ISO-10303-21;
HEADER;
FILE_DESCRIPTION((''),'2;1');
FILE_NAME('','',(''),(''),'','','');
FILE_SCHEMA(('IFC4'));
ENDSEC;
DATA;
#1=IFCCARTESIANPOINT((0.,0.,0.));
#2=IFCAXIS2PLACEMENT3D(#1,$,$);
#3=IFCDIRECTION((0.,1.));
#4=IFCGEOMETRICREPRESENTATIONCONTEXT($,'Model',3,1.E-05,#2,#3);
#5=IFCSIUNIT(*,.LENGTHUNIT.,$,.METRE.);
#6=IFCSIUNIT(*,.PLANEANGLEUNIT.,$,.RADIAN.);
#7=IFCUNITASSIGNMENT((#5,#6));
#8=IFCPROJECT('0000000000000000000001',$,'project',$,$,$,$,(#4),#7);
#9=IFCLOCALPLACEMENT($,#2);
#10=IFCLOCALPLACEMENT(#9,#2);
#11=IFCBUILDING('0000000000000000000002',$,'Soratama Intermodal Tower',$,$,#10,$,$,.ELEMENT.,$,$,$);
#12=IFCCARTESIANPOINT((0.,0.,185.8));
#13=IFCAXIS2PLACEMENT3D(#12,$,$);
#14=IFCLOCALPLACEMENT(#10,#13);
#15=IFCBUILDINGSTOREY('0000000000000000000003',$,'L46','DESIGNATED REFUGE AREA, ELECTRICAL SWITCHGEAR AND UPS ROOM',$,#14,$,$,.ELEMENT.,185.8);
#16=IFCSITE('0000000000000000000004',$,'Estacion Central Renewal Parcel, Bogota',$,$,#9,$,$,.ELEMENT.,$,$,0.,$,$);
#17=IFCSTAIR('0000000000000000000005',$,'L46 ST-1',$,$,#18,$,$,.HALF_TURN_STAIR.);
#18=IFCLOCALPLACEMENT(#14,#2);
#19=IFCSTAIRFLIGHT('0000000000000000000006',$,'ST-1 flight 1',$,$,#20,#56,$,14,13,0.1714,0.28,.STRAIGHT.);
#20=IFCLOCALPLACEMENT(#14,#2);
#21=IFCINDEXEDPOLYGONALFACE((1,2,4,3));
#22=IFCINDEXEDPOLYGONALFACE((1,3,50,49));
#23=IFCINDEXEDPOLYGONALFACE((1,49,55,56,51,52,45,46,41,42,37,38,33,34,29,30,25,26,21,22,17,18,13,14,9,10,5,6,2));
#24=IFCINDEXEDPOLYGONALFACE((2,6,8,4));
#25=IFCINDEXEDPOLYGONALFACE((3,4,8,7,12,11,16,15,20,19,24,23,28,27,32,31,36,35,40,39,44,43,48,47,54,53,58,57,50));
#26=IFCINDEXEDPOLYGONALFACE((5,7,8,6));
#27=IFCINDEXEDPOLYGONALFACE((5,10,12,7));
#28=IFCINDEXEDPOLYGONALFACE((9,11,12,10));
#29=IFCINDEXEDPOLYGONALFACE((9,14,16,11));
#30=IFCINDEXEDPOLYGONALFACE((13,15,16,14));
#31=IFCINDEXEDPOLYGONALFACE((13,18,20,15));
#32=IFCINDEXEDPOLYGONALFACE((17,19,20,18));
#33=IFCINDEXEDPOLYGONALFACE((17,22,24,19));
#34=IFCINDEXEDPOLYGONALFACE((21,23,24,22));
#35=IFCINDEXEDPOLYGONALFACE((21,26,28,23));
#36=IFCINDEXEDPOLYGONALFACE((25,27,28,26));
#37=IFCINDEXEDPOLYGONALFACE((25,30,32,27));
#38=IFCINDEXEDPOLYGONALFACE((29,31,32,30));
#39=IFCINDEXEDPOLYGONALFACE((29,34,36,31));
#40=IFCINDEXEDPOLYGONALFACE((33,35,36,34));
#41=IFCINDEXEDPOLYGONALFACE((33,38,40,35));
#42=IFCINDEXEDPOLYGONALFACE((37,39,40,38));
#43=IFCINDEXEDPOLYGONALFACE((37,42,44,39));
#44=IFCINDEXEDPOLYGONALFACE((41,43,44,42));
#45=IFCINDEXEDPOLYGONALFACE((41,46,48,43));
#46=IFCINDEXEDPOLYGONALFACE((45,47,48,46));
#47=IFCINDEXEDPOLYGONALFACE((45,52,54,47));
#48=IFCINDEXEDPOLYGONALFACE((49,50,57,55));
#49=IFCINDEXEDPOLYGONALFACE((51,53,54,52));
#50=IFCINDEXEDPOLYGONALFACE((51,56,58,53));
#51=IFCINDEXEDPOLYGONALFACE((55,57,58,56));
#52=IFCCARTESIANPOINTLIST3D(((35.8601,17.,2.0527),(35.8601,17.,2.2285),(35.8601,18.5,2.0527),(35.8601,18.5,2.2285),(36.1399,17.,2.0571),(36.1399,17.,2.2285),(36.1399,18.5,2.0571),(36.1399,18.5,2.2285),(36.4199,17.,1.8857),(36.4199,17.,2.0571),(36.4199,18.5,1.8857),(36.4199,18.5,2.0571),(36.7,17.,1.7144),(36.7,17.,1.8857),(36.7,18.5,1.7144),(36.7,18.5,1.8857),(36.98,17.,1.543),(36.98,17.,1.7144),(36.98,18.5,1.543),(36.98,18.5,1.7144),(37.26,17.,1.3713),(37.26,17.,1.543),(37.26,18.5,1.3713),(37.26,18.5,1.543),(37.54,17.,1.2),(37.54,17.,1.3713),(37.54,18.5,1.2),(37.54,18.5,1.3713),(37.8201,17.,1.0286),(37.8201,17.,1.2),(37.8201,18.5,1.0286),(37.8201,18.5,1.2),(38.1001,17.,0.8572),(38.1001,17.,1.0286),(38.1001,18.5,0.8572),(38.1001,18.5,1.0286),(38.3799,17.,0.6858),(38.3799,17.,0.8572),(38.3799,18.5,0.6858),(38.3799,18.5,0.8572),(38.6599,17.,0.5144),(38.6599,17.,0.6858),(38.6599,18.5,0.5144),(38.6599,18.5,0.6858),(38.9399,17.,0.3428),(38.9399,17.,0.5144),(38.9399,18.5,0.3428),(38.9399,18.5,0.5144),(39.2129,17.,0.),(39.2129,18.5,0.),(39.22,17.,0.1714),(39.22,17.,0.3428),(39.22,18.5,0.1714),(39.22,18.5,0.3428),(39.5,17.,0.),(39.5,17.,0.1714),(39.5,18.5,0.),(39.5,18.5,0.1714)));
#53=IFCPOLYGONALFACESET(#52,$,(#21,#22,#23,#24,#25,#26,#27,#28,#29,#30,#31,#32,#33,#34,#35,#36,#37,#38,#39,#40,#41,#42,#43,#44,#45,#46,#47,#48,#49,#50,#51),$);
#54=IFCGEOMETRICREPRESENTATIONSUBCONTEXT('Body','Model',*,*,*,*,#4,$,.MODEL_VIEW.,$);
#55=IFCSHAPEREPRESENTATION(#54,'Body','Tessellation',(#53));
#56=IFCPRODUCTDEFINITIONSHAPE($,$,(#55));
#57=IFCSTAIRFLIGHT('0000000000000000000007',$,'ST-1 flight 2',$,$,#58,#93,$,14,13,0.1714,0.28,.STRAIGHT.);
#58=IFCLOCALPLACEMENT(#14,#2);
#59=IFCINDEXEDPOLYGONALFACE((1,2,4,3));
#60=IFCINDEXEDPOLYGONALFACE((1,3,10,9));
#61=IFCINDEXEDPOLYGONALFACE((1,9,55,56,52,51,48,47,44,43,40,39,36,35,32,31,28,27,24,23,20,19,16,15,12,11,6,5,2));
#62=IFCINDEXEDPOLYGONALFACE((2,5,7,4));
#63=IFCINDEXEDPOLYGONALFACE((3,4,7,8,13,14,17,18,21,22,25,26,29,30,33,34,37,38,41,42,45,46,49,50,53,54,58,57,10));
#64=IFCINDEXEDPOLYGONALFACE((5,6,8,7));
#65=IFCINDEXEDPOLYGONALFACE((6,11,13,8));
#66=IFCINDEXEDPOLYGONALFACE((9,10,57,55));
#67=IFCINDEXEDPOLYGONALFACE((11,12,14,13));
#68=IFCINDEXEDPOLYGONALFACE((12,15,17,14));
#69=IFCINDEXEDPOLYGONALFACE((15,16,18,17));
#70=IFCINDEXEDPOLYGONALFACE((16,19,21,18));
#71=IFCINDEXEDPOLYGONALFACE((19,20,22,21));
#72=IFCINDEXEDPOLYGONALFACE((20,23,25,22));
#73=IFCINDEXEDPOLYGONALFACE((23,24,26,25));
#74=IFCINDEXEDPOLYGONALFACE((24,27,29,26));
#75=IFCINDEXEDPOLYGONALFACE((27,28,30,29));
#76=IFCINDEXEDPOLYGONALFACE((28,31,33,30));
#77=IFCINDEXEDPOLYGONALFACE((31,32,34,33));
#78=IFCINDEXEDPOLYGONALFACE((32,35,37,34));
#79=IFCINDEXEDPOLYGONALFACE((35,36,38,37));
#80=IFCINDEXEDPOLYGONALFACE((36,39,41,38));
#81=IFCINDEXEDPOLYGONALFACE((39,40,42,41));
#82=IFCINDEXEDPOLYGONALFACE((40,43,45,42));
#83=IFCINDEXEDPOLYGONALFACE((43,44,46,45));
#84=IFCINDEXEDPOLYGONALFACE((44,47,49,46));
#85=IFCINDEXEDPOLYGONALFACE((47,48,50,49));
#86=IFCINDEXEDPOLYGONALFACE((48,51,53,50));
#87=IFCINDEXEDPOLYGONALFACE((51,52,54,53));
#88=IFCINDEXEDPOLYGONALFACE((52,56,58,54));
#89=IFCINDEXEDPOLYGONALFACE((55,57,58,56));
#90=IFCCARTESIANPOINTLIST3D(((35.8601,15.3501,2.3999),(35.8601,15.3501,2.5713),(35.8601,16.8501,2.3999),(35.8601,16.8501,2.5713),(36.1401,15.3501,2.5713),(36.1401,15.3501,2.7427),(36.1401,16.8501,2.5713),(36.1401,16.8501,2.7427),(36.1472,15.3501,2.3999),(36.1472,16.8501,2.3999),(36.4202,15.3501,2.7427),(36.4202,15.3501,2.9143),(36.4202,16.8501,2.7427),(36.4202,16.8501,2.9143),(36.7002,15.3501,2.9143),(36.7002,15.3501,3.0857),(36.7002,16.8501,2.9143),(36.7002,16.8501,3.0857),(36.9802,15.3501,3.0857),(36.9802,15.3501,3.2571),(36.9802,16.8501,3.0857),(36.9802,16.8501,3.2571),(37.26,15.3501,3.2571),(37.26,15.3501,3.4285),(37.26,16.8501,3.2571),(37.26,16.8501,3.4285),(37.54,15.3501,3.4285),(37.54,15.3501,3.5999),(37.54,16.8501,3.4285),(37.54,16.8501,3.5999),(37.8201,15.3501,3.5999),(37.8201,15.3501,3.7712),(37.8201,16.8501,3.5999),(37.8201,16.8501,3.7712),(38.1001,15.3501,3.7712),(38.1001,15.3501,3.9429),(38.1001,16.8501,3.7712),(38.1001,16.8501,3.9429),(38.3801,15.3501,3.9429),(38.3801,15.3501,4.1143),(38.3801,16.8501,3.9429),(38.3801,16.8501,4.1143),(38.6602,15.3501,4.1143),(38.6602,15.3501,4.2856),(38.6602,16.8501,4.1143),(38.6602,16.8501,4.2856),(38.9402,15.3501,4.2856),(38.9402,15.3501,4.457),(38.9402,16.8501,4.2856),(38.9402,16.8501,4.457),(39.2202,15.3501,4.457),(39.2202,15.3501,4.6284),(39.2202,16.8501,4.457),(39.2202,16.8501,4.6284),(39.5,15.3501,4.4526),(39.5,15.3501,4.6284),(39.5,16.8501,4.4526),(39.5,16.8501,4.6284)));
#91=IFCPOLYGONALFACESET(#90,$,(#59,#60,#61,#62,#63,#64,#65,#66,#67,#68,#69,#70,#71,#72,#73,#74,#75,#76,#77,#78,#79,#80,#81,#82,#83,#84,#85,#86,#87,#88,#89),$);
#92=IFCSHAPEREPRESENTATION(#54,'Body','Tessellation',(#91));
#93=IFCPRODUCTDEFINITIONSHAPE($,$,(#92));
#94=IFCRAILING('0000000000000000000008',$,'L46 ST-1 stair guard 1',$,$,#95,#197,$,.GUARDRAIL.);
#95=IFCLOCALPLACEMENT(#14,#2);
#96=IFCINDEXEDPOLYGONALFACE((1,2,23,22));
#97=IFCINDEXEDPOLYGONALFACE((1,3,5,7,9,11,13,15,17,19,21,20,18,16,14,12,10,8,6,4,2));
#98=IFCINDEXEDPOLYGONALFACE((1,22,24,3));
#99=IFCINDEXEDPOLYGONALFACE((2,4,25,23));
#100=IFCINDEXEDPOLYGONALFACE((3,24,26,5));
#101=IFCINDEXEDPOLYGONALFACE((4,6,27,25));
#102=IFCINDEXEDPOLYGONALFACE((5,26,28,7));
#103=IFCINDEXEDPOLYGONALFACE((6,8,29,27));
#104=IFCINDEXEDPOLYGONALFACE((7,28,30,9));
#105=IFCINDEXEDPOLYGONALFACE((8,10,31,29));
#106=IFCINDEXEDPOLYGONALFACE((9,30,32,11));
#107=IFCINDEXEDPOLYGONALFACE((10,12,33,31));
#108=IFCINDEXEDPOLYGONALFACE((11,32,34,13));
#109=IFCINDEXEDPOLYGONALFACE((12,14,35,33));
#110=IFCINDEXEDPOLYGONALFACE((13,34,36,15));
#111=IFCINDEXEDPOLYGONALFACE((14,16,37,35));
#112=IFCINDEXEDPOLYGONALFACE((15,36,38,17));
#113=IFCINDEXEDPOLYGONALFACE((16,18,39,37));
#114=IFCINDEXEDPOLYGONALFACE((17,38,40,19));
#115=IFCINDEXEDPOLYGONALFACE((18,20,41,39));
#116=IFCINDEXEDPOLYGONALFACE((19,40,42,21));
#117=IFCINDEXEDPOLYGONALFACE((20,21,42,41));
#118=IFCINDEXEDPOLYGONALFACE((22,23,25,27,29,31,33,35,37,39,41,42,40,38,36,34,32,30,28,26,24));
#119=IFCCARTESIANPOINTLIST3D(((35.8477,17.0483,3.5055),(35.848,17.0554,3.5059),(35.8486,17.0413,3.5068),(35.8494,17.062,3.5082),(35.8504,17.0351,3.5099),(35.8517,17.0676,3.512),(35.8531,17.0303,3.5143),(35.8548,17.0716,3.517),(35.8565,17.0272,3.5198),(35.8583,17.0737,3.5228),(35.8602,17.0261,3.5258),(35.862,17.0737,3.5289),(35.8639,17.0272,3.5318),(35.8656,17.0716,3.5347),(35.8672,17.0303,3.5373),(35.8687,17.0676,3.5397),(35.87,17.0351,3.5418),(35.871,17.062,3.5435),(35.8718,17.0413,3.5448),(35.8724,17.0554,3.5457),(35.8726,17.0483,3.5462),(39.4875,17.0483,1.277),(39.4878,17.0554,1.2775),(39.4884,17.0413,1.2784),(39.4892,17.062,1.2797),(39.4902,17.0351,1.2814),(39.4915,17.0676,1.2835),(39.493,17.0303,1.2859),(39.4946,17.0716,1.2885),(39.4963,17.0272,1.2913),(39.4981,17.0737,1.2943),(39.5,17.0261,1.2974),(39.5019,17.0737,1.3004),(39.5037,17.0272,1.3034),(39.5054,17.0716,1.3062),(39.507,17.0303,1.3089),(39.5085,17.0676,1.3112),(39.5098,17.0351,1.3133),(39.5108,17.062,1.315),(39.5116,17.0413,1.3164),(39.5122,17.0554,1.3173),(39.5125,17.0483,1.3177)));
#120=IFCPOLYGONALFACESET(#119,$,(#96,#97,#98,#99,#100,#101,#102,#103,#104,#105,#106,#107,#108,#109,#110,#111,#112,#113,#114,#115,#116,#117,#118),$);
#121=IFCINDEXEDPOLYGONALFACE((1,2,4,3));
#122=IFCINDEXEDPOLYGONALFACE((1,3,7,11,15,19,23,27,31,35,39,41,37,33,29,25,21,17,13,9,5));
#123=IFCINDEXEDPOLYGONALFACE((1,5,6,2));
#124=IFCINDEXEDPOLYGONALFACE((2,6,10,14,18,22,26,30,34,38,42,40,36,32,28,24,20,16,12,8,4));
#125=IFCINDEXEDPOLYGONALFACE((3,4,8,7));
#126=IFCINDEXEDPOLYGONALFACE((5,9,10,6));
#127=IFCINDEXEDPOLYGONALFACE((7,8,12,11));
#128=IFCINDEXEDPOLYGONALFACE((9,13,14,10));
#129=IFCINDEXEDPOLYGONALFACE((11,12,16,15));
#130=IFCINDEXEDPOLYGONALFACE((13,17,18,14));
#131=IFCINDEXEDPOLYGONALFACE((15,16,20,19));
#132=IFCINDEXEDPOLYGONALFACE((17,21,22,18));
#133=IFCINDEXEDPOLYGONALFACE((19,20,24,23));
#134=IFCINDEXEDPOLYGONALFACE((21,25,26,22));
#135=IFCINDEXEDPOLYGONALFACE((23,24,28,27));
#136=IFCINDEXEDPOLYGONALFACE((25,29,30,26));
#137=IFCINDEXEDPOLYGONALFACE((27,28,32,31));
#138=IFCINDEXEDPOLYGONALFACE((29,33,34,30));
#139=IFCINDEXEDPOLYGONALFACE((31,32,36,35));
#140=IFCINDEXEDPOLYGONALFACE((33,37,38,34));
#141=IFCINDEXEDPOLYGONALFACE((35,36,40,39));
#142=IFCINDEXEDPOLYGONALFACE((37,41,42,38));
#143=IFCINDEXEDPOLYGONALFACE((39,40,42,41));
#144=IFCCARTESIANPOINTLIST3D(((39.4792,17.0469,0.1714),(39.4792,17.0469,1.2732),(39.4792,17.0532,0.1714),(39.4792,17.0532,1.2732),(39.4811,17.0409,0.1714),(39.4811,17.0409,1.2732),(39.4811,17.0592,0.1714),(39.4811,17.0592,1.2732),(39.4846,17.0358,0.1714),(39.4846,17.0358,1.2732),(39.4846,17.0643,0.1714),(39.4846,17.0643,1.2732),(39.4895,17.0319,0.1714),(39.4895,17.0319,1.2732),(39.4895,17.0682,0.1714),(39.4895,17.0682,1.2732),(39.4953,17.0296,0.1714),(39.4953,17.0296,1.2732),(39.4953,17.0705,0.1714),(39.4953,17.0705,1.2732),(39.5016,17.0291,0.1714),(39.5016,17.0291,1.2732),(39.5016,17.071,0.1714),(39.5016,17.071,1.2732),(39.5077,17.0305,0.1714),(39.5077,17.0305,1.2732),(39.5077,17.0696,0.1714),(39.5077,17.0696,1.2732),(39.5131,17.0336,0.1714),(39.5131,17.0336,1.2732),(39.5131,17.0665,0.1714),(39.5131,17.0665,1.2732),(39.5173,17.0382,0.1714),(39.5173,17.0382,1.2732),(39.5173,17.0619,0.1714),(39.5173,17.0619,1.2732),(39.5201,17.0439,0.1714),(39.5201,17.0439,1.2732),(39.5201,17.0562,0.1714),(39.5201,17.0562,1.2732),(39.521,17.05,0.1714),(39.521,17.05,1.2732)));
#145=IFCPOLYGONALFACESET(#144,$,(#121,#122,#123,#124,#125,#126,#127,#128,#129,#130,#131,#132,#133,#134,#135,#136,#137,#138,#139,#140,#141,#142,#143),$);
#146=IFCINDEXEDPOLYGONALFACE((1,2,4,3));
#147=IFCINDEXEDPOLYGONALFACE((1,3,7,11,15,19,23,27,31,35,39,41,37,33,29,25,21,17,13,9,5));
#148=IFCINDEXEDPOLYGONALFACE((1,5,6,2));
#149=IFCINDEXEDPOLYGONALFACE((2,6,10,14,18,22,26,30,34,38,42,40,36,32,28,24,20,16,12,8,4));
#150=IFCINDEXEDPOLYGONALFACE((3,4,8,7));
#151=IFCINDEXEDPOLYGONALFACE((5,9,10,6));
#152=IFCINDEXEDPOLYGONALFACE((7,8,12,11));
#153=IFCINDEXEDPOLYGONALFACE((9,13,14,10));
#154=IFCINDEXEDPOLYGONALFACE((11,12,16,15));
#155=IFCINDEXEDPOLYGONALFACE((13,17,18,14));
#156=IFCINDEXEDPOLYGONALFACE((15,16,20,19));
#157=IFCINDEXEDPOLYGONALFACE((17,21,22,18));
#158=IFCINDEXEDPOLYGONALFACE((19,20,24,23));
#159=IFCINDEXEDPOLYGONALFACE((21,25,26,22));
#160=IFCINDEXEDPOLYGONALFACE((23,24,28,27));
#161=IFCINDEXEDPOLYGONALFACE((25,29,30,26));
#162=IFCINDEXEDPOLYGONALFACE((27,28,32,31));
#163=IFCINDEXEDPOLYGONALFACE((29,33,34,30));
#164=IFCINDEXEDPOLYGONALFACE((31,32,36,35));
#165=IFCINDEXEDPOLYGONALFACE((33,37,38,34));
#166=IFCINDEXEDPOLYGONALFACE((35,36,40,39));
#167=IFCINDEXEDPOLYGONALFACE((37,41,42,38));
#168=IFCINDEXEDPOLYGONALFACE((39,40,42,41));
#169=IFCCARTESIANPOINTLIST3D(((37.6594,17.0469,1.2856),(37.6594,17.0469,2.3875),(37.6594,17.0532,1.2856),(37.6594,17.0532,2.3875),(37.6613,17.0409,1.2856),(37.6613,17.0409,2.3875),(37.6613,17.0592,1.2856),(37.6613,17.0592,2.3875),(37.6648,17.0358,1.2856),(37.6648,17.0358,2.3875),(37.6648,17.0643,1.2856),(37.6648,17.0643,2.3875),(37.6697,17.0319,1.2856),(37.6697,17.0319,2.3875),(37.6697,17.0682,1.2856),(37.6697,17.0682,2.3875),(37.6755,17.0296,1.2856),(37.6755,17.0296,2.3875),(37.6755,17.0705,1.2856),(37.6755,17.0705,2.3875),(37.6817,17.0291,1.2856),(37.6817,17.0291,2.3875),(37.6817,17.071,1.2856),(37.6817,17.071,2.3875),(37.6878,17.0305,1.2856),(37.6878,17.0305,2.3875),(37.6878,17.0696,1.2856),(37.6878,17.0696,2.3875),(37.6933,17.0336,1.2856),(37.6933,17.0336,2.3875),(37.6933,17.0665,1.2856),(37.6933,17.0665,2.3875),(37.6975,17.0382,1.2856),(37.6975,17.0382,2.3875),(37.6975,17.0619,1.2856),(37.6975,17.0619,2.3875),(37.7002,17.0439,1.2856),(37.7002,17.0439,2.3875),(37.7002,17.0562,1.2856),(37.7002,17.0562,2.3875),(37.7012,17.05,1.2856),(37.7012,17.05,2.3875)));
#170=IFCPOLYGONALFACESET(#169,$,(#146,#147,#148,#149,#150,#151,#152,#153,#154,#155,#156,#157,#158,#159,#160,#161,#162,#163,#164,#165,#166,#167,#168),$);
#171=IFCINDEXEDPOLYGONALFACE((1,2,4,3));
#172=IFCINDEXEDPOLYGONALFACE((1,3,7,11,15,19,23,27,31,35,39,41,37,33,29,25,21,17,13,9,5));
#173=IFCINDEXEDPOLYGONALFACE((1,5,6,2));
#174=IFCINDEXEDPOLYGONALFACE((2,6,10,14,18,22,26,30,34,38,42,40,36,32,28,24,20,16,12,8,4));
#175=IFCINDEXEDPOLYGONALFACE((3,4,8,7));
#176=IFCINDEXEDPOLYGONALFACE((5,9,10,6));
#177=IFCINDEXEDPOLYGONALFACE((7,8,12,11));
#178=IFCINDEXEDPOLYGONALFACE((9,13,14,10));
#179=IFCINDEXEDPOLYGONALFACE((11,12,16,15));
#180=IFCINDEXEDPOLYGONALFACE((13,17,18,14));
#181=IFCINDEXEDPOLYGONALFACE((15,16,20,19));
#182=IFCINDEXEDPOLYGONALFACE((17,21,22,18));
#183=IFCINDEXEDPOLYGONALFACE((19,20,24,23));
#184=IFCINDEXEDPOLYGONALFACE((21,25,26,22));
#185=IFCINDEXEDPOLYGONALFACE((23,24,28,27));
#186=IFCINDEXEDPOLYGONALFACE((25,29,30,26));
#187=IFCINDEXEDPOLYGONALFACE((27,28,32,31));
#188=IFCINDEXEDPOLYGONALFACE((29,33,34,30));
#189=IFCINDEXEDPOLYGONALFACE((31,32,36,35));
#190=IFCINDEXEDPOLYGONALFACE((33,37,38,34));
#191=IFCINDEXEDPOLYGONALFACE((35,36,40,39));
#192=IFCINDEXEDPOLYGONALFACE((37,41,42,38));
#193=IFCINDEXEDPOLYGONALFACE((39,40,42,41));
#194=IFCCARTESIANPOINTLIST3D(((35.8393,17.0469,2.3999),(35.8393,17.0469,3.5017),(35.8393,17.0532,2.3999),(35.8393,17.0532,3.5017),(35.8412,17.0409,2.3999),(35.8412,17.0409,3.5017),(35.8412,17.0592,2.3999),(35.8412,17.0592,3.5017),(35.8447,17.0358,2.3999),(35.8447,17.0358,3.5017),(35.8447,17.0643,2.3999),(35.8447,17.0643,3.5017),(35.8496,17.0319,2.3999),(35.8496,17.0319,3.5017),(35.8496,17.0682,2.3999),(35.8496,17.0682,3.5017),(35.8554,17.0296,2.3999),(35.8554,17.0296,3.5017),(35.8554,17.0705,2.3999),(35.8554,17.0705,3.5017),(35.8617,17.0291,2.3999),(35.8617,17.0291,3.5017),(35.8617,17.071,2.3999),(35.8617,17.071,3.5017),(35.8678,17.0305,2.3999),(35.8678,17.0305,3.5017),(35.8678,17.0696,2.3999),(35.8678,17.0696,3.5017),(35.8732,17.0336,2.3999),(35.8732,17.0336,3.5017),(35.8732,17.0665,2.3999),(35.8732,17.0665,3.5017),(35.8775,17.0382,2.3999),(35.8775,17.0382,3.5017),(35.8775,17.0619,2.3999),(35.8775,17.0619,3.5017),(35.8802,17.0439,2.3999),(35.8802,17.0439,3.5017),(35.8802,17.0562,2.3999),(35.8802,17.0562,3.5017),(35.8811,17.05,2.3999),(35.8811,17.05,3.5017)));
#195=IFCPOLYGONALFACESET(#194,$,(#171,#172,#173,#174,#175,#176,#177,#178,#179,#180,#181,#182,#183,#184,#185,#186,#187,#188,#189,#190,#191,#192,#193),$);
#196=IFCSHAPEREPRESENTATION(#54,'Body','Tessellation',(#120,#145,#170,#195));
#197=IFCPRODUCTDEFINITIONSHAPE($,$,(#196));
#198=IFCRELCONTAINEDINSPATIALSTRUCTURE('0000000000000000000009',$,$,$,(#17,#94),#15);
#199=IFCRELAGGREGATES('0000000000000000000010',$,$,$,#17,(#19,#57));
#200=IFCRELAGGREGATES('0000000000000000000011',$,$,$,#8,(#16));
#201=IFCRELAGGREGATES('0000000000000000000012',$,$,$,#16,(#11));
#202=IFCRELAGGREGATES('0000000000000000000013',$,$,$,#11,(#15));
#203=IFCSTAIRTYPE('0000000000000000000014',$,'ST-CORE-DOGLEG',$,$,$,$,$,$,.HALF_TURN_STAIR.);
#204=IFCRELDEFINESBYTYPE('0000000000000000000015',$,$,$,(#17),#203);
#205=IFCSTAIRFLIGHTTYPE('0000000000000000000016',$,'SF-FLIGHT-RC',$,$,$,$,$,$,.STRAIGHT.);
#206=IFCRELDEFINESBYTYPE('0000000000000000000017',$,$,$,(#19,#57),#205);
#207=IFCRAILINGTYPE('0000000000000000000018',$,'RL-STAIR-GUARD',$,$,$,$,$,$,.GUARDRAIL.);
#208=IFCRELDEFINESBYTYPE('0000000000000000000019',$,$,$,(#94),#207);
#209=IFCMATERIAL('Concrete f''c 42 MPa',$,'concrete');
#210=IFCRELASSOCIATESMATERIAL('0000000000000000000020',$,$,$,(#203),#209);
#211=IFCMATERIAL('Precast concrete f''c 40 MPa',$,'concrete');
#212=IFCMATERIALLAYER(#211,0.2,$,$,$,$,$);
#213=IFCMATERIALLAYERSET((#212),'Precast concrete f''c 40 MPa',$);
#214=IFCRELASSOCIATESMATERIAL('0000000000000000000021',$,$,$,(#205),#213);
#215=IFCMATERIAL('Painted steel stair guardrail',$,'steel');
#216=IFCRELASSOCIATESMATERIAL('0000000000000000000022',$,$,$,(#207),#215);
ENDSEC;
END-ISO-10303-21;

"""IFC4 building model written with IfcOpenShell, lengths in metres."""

from ifc_helpers import new_model, si_unit, direction, frame, origin, origin_2d, place, context, subcontext, project, spatial, polyline, circle, outline, extrude, material, layer, layer_set, type_object, element, aggregate, save


model = new_model("IFC4")

# Units and contexts
model_context = context("Model", 3, precision=1e-05, world=origin(), true_north=direction((0.0, 1.0)))
body_context = subcontext(model_context, "Body", "Model", "MODEL_VIEW")
ifc_project = project(units=[si_unit("LENGTHUNIT", "METRE"), si_unit("PLANEANGLEUNIT", "RADIAN")], contexts=[model_context])

# Site, building, storey
site_placement = place(None, origin())
site = spatial("IfcSite", under=ifc_project, at=site_placement, Name="Estacion Central Renewal Parcel, Bogota", CompositionType="ELEMENT", RefElevation=0.0)
building_placement = place(site_placement, origin())
building = spatial("IfcBuilding", under=site, at=building_placement, Name="Soratama Intermodal Tower", CompositionType="ELEMENT")
storey_placement = place(building_placement, frame((0.0, 0.0, 185.8)))
storey = spatial("IfcBuildingStorey", under=building, at=storey_placement, Name="L46", Description="DESIGNATED REFUGE AREA, ELECTRICAL SWITCHGEAR AND UPS ROOM", CompositionType="ELEMENT", Elevation=185.8)

# Stair, stair flights
ifc_material_1 = material(Name="Concrete f'c 42 MPa", Category="concrete")
stair_type = type_object("IfcStairType", Name="ST-CORE-DOGLEG", PredefinedType="HALF_TURN_STAIR", material=ifc_material_1)
stair_placement = place(storey_placement, origin())
stair = element("IfcStair", 1, at=stair_placement, inside=storey, type_object=stair_type, Name="L46 ST-1", PredefinedType="HALF_TURN_STAIR")
ifc_material_2 = material(Name="Precast concrete f'c 40 MPa", Category="concrete")
ifc_layer_1 = layer(ifc_material_2, 0.2)
ifc_layer_set_1 = layer_set([ifc_layer_1], Name="Precast concrete f'c 40 MPa")
stair_flight_type = type_object("IfcStairFlightType", Name="SF-FLIGHT-RC", PredefinedType="STRAIGHT", material=ifc_layer_set_1)
stair_flight_1_placement = place(storey_placement, frame((39.5, 17.75, 0.0), z_axis=(0.0, 0.0, 1.0), x_axis=(-1.0, 0.0, 0.0)))
stair_flight_1 = element("IfcStairFlight", 2, at=stair_flight_1_placement, type_object=stair_flight_type, Name="ST-1 flight 1", NumberOfRisers=14, NumberOfTreads=13, PredefinedType="STRAIGHT", RiserHeight=0.1714, TreadLength=0.28, context=body_context, shape_type="SweptSolid", body=[
    extrude(outline(polyline([(0.0, 0.0), (0.0, 0.1714), (0.28, 0.1714), (0.28, 0.3428), (0.5601, 0.3428), (0.5601, 0.5144), (0.8401, 0.5144), (0.8401, 0.6858), (1.1201, 0.6858), (1.1201, 0.8572), (1.3999, 0.8572), (1.3999, 1.0286), (1.6799, 1.0286), (1.6799, 1.2), (1.96, 1.2), (1.96, 1.3713), (2.24, 1.3713), (2.24, 1.543), (2.52, 1.543), (2.52, 1.7144), (2.8, 1.7144), (2.8, 1.8857), (3.0801, 1.8857), (3.0801, 2.0571), (3.3601, 2.0571), (3.3601, 2.2285), (3.6399, 2.2285), (3.6399, 2.3999), (3.6399, 2.0527), (0.2871, 0.0), (0.0, 0.0)])), frame((0.0, 0.75, 0.0), z_axis=(0.0, -1.0, 0.0), x_axis=(1.0, 0.0, 0.0)), (0.0, 0.0, 1.0), 1.5),
])
stair_flight_2_placement = place(storey_placement, frame((35.8601, 16.1001, 2.3999), z_axis=(0.0, 0.0, 1.0), x_axis=(1.0, 0.0, 0.0)))
stair_flight_2 = element("IfcStairFlight", 3, at=stair_flight_2_placement, type_object=stair_flight_type, Name="ST-1 flight 2", NumberOfRisers=14, NumberOfTreads=13, PredefinedType="STRAIGHT", RiserHeight=0.1714, TreadLength=0.28, context=body_context, shape_type="SweptSolid", body=[
    extrude(outline(polyline([(0.0, 0.0), (0.0, 0.1714), (0.28, 0.1714), (0.28, 0.3428), (0.5601, 0.3428), (0.5601, 0.5144), (0.8401, 0.5144), (0.8401, 0.6858), (1.1201, 0.6858), (1.1201, 0.8572), (1.3999, 0.8572), (1.3999, 1.0286), (1.6799, 1.0286), (1.6799, 1.2), (1.96, 1.2), (1.96, 1.3713), (2.24, 1.3713), (2.24, 1.543), (2.52, 1.543), (2.52, 1.7144), (2.8, 1.7144), (2.8, 1.8857), (3.0801, 1.8857), (3.0801, 2.0571), (3.3601, 2.0571), (3.3601, 2.2285), (3.6399, 2.2285), (3.6399, 2.3999), (3.6399, 2.0527), (0.2871, 0.0), (0.0, 0.0)])), frame((0.0, 0.75, 0.0), z_axis=(0.0, -1.0, 0.0), x_axis=(1.0, 0.0, 0.0)), (0.0, 0.0, 1.0), 1.5),
])
aggregate(stair, [stair_flight_1, stair_flight_2])

# Railing
ifc_material_3 = material(Name="Painted steel stair guardrail", Category="steel")
railing_type_1 = type_object("IfcRailingType", Name="RL-STAIR-GUARD", PredefinedType="GUARDRAIL", material=ifc_material_3)
railing_1_placement = place(storey_placement, frame((39.5, 17.05, 0.1714)))
element("IfcRailing", 4, at=railing_1_placement, inside=storey, type_object=railing_type_1, Name="L46 ST-1 stair guard 1", PredefinedType="GUARDRAIL", context=body_context, shape_type="SweptSolid", body=[
    extrude(circle(Radius=0.0239, at=origin_2d()), frame((0.0, 0.0, 1.126), z_axis=(-0.85285, 0.0, 0.522156), x_axis=(0.0, -1.0, 0.0)), (0.0, 0.0, 1.0), 4.2678),
    extrude(circle(Radius=0.021, at=origin_2d()), origin(), (0.0, 0.0, 1.0), 1.1018),
    extrude(circle(Radius=0.021, at=origin_2d()), frame((-1.8198, 0.0, 1.1143)), (0.0, 0.0, 1.0), 1.1018),
    extrude(circle(Radius=0.021, at=origin_2d()), frame((-3.6399, 0.0, 2.2285)), (0.0, 0.0, 1.0), 1.1018),
])

save(model, "model.ifc")
